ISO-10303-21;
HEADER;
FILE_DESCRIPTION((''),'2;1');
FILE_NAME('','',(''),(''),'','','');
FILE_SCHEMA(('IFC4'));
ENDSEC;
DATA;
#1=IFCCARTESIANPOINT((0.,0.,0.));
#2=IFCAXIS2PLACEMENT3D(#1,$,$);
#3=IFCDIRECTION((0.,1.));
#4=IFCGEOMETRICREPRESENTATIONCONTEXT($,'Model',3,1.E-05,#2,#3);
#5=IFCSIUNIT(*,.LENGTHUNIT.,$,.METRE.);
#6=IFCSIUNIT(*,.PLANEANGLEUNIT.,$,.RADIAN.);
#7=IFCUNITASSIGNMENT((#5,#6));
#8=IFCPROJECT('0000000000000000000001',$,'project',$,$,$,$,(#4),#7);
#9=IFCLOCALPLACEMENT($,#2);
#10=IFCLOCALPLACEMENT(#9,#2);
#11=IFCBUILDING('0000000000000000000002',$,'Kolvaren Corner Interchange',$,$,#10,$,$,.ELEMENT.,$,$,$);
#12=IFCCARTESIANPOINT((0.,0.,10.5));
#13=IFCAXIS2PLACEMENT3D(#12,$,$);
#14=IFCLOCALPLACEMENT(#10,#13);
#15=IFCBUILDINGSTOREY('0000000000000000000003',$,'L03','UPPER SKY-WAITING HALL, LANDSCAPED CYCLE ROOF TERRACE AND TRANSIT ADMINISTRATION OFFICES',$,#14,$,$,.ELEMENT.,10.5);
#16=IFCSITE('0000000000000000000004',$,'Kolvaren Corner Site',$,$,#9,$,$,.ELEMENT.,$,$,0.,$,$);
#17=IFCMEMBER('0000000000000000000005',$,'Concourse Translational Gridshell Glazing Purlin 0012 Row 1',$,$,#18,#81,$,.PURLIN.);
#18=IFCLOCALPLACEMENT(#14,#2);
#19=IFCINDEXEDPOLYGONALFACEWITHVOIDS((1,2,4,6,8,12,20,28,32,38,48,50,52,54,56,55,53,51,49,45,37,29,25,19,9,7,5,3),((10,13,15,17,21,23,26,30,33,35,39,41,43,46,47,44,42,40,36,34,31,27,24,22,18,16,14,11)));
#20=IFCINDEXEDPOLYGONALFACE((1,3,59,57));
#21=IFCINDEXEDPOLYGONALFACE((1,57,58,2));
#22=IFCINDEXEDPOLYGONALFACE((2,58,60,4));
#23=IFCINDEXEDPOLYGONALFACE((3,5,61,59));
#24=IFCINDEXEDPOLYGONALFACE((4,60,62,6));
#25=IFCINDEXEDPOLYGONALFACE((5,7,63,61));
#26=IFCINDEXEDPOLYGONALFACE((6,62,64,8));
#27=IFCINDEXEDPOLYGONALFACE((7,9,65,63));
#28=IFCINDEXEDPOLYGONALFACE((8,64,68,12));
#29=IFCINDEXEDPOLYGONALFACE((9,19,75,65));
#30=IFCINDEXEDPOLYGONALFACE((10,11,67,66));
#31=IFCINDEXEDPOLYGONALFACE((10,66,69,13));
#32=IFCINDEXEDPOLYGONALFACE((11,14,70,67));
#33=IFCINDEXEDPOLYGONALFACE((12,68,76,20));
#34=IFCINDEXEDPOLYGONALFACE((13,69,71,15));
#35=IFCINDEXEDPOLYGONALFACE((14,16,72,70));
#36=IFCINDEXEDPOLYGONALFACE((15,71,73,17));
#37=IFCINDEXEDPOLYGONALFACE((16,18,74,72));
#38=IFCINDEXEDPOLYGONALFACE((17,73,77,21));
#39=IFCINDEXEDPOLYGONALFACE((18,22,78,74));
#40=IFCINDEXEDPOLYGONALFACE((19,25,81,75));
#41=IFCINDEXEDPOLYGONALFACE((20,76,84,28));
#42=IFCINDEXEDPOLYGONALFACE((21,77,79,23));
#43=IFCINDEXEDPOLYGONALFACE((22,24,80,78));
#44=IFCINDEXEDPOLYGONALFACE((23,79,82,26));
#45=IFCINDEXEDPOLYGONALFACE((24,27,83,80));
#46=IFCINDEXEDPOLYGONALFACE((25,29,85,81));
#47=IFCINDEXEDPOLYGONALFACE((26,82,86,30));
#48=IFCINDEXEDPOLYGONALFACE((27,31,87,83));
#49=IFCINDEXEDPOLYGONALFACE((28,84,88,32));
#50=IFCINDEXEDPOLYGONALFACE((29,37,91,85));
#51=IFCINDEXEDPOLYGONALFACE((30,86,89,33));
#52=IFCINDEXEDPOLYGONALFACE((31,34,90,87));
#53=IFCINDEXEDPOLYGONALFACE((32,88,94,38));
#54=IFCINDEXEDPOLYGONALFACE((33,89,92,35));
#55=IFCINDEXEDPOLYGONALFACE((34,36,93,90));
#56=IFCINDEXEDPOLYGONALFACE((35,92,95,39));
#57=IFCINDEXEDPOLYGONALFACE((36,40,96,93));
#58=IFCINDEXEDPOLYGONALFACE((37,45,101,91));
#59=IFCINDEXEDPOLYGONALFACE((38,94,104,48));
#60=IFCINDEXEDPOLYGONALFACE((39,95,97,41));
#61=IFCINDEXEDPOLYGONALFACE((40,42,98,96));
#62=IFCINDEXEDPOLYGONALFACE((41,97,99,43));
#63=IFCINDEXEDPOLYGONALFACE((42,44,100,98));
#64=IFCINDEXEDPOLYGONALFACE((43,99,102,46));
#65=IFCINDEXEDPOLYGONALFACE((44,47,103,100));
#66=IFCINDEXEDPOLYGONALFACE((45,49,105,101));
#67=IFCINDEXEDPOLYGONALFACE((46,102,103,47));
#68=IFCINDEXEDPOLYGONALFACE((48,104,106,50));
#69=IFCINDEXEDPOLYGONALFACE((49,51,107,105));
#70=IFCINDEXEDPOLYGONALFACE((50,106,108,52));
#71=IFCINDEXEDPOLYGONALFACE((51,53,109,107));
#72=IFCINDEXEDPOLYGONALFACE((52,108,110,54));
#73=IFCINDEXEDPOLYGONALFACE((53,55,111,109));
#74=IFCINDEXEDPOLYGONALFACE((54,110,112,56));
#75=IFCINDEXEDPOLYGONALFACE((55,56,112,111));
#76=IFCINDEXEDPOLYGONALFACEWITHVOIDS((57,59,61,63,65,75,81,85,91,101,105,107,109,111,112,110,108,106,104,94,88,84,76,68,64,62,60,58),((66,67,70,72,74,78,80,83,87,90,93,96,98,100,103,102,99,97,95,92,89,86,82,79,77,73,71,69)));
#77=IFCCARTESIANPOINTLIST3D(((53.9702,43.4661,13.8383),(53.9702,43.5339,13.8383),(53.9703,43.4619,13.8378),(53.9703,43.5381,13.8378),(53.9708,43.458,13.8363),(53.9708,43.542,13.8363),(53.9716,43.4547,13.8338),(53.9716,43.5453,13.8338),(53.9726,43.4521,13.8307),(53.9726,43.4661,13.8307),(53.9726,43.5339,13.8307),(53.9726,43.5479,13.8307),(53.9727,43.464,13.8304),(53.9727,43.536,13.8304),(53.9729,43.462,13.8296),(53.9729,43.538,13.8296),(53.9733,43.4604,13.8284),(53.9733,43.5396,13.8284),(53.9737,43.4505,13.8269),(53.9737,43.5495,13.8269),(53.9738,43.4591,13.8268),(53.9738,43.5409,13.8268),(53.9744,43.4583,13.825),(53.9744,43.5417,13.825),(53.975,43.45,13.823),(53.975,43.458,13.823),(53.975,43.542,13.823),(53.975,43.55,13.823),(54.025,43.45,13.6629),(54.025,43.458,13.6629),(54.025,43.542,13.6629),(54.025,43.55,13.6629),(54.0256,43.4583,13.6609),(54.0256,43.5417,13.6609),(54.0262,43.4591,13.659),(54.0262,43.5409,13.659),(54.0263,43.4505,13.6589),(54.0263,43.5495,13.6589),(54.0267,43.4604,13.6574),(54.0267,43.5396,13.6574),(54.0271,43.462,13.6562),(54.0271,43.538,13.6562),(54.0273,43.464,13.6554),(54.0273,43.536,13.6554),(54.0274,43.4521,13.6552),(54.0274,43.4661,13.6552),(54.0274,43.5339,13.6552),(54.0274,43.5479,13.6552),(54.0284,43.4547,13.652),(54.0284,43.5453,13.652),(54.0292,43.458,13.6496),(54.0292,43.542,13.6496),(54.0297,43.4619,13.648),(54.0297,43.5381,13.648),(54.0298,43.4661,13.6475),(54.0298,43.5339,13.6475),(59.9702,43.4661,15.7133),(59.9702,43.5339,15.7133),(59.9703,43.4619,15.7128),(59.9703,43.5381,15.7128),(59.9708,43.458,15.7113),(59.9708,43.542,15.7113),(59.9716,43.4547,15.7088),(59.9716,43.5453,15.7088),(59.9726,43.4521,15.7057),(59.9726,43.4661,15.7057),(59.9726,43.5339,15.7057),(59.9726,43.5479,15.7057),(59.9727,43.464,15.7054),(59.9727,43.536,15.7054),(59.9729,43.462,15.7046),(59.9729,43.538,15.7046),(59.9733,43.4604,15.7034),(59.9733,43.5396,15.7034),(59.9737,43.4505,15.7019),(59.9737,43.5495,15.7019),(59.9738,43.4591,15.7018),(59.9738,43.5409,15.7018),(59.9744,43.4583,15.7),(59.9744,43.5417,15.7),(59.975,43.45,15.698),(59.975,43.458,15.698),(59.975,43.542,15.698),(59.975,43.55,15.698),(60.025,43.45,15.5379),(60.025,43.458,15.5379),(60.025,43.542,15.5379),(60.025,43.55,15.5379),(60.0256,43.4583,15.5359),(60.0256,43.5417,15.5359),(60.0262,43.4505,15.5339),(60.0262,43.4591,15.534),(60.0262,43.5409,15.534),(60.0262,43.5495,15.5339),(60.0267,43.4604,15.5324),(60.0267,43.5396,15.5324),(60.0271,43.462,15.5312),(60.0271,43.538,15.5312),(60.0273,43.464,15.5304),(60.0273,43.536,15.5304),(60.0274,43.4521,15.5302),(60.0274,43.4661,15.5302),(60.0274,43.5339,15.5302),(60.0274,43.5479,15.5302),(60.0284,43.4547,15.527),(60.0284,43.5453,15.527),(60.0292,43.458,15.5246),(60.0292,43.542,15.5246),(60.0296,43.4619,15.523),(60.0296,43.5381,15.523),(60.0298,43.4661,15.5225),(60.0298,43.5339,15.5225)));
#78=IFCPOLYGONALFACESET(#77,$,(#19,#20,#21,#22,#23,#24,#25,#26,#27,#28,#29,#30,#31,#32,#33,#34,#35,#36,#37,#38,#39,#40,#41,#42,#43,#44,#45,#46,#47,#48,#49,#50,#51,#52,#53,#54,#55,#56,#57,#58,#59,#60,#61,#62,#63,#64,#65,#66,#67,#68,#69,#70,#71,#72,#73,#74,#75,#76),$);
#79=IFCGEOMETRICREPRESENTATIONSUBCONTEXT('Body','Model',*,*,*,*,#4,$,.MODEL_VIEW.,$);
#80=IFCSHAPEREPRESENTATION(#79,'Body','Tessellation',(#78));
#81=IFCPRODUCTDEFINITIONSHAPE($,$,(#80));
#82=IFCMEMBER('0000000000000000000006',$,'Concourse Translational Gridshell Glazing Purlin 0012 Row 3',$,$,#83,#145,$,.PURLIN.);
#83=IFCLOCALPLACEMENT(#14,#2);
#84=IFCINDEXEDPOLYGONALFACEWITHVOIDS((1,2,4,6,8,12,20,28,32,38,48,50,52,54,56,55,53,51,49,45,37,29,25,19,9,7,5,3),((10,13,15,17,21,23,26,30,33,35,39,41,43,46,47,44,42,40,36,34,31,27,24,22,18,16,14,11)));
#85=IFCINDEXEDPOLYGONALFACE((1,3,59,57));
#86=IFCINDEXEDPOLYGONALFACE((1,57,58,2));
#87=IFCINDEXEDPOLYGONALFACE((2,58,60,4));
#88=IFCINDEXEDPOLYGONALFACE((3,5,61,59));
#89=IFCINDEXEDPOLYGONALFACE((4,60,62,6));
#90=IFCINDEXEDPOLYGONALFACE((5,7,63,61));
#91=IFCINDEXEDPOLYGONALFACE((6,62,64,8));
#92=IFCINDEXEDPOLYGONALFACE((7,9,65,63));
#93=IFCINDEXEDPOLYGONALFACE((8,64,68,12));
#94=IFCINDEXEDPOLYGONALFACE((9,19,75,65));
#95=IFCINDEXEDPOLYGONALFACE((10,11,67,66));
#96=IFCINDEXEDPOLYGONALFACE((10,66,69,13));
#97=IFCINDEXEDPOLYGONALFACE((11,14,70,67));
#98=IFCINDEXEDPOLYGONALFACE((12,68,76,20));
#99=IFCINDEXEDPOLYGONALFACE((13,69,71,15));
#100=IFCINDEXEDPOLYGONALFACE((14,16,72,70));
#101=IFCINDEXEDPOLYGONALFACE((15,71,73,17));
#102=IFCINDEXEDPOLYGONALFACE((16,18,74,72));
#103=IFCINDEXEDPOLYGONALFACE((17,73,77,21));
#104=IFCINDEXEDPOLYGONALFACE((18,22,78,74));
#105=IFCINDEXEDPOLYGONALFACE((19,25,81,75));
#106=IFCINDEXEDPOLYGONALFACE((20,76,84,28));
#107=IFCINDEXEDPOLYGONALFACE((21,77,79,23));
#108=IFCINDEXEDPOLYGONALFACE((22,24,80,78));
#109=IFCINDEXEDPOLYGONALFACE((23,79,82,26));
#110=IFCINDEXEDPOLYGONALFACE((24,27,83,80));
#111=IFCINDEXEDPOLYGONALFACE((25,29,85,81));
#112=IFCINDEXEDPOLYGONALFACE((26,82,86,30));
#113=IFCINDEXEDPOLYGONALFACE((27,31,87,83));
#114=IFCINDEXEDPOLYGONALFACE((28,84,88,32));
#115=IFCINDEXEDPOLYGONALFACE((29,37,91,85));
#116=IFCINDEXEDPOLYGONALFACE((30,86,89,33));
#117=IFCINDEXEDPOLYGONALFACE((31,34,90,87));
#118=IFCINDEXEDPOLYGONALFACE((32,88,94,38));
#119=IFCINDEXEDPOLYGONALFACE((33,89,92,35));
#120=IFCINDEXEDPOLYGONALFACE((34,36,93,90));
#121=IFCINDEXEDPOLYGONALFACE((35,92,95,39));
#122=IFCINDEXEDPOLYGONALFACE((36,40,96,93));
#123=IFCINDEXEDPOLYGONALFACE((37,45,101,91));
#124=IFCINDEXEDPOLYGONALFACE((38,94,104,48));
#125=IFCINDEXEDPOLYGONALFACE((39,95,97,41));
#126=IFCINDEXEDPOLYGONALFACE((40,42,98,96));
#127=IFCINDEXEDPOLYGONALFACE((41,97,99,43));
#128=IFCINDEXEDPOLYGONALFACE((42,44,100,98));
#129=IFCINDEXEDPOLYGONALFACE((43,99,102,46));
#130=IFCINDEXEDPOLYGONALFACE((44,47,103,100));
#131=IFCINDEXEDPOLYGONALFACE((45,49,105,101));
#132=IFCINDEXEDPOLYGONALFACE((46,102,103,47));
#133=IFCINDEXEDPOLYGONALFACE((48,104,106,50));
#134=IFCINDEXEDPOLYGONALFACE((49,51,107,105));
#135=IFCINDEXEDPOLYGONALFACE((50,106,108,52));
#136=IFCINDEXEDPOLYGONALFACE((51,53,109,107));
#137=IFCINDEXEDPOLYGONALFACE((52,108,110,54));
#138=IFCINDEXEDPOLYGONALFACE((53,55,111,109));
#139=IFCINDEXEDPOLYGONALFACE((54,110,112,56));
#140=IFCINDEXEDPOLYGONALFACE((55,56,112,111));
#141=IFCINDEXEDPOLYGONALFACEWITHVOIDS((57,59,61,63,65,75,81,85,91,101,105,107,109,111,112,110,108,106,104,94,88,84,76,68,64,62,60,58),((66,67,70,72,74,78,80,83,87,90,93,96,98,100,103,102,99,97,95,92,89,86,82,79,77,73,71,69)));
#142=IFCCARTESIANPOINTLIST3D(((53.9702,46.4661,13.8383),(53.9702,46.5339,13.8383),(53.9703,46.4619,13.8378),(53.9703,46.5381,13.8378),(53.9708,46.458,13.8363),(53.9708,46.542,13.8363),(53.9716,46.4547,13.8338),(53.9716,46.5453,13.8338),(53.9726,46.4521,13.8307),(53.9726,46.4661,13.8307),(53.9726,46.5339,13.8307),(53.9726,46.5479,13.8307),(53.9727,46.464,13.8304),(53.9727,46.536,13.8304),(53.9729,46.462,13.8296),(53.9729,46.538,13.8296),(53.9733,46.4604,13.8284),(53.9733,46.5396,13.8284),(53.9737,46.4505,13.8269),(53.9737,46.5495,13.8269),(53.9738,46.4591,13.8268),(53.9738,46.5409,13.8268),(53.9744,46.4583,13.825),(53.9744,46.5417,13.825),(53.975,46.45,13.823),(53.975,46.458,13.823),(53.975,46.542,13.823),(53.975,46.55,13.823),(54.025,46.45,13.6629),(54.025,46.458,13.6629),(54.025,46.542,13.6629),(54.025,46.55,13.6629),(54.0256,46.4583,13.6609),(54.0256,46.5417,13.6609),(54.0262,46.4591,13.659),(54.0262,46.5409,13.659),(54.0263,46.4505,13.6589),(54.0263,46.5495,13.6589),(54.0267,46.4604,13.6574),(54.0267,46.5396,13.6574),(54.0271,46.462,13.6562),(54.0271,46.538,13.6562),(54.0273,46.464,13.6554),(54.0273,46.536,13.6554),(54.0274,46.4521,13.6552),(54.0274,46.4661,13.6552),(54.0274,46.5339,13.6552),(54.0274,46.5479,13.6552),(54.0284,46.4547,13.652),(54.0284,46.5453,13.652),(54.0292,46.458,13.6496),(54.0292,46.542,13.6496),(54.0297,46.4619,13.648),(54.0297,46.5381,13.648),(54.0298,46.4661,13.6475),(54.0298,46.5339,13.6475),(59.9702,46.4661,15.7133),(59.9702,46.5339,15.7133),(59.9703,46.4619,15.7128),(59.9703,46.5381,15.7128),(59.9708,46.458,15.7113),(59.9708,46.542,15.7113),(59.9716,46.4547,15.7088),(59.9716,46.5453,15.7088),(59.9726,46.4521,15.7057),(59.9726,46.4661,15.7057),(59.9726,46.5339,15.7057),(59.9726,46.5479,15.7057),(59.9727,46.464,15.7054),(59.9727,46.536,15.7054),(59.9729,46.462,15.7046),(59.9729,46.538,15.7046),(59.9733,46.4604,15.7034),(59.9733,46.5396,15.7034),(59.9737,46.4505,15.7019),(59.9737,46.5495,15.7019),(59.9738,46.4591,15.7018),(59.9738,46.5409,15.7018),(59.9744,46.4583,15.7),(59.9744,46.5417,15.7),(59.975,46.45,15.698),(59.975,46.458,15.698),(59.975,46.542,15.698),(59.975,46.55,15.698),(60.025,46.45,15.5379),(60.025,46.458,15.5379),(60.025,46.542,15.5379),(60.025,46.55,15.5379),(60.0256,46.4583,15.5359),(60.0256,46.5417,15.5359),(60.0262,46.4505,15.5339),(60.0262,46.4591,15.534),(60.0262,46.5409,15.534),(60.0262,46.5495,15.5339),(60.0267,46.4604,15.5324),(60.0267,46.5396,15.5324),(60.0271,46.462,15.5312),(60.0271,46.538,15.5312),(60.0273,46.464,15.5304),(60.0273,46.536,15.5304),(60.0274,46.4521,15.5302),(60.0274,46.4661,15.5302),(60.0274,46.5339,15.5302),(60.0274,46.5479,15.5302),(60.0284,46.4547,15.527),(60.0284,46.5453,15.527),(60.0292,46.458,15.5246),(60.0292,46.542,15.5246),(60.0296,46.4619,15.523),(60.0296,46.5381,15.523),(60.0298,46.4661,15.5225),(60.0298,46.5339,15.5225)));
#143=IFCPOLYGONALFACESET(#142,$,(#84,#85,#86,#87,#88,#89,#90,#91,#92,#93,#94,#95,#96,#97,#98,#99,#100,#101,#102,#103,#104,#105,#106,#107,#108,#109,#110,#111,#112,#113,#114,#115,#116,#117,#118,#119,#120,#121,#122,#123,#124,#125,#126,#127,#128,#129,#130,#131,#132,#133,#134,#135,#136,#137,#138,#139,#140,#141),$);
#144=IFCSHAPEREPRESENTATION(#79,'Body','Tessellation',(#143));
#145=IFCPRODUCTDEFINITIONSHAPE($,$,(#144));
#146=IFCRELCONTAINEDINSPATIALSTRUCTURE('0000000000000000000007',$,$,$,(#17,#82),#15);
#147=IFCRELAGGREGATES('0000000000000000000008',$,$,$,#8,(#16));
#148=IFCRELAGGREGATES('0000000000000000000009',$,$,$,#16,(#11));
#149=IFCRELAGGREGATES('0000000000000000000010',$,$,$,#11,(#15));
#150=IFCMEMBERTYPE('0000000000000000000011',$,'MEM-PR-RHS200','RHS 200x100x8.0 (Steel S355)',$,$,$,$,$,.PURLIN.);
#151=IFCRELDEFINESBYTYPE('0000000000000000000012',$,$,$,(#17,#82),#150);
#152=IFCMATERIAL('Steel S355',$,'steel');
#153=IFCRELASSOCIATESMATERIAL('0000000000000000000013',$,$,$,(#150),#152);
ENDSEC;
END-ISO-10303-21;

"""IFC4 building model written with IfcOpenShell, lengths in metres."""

from ifc_helpers import new_model, si_unit, direction, frame, origin, origin_2d, place, context, subcontext, project, spatial, hollow_rectangle, extrude, material, material_profile, profile_set, type_object, element, save


model = new_model("IFC4")

# Units and contexts
model_context = context("Model", 3, precision=1e-05, world=origin(), true_north=direction((0.0, 1.0)))
body_context = subcontext(model_context, "Body", "Model", "MODEL_VIEW")
ifc_project = project(units=[si_unit("LENGTHUNIT", "METRE"), si_unit("PLANEANGLEUNIT", "RADIAN")], contexts=[model_context])

# Site, building, storey
site_placement = place(None, origin())
site = spatial("IfcSite", under=ifc_project, at=site_placement, Name="Kolvaren Corner Site", CompositionType="ELEMENT", RefElevation=0.0)
building_placement = place(site_placement, origin())
building = spatial("IfcBuilding", under=site, at=building_placement, Name="Kolvaren Corner Interchange", CompositionType="ELEMENT")
storey_placement = place(building_placement, frame((0.0, 0.0, 10.5)))
storey = spatial("IfcBuildingStorey", under=building, at=storey_placement, Name="L03", Description="UPPER SKY-WAITING HALL, LANDSCAPED CYCLE ROOF TERRACE AND TRANSIT ADMINISTRATION OFFICES", CompositionType="ELEMENT", Elevation=10.5)

# Members
ifc_material_1 = material(Name="Steel S355", Category="steel")
ifc_material_profile_1 = material_profile(ifc_material_1, hollow_rectangle(XDim=0.1001, YDim=0.2, WallThickness=0.0081, InnerFilletRadius=0.0081, OuterFilletRadius=0.0161, at=origin_2d()), Name="RHS 200x100x8.0")
ifc_profile_set_1 = profile_set([ifc_material_profile_1], Name="Steel S355")
member_type_1 = type_object("IfcMemberType", Name="MEM-PR-RHS200", Description="RHS 200x100x8.0 (Steel S355)", PredefinedType="PURLIN", material=ifc_profile_set_1)
for number, where, z_axis, x_axis, name in (
    (1, (54.0, 43.5, 13.7429), (0.95448, 0.0, 0.298275), (0.0, 1.0, 0.0), "Concourse Translational Gridshell Glazing Purlin 0012 Row 1"),
    (2, (54.0, 46.5, 13.7429), (0.95448, 0.0, 0.298275), (0.0, 1.0, 0.0), "Concourse Translational Gridshell Glazing Purlin 0012 Row 3"),
):
    element("IfcMember", number, at=place(storey_placement, frame(where, z_axis=z_axis, x_axis=x_axis)), inside=storey, type_object=member_type_1, Name=name, PredefinedType="PURLIN", context=body_context, shape_type="SweptSolid", body=[
        extrude(hollow_rectangle(XDim=0.1001, YDim=0.2, WallThickness=0.0081, InnerFilletRadius=0.0081, OuterFilletRadius=0.0161, at=origin_2d()), origin(), (0.0, 0.0, 1.0), 6.2861),
    ])

save(model, "model.ifc")
